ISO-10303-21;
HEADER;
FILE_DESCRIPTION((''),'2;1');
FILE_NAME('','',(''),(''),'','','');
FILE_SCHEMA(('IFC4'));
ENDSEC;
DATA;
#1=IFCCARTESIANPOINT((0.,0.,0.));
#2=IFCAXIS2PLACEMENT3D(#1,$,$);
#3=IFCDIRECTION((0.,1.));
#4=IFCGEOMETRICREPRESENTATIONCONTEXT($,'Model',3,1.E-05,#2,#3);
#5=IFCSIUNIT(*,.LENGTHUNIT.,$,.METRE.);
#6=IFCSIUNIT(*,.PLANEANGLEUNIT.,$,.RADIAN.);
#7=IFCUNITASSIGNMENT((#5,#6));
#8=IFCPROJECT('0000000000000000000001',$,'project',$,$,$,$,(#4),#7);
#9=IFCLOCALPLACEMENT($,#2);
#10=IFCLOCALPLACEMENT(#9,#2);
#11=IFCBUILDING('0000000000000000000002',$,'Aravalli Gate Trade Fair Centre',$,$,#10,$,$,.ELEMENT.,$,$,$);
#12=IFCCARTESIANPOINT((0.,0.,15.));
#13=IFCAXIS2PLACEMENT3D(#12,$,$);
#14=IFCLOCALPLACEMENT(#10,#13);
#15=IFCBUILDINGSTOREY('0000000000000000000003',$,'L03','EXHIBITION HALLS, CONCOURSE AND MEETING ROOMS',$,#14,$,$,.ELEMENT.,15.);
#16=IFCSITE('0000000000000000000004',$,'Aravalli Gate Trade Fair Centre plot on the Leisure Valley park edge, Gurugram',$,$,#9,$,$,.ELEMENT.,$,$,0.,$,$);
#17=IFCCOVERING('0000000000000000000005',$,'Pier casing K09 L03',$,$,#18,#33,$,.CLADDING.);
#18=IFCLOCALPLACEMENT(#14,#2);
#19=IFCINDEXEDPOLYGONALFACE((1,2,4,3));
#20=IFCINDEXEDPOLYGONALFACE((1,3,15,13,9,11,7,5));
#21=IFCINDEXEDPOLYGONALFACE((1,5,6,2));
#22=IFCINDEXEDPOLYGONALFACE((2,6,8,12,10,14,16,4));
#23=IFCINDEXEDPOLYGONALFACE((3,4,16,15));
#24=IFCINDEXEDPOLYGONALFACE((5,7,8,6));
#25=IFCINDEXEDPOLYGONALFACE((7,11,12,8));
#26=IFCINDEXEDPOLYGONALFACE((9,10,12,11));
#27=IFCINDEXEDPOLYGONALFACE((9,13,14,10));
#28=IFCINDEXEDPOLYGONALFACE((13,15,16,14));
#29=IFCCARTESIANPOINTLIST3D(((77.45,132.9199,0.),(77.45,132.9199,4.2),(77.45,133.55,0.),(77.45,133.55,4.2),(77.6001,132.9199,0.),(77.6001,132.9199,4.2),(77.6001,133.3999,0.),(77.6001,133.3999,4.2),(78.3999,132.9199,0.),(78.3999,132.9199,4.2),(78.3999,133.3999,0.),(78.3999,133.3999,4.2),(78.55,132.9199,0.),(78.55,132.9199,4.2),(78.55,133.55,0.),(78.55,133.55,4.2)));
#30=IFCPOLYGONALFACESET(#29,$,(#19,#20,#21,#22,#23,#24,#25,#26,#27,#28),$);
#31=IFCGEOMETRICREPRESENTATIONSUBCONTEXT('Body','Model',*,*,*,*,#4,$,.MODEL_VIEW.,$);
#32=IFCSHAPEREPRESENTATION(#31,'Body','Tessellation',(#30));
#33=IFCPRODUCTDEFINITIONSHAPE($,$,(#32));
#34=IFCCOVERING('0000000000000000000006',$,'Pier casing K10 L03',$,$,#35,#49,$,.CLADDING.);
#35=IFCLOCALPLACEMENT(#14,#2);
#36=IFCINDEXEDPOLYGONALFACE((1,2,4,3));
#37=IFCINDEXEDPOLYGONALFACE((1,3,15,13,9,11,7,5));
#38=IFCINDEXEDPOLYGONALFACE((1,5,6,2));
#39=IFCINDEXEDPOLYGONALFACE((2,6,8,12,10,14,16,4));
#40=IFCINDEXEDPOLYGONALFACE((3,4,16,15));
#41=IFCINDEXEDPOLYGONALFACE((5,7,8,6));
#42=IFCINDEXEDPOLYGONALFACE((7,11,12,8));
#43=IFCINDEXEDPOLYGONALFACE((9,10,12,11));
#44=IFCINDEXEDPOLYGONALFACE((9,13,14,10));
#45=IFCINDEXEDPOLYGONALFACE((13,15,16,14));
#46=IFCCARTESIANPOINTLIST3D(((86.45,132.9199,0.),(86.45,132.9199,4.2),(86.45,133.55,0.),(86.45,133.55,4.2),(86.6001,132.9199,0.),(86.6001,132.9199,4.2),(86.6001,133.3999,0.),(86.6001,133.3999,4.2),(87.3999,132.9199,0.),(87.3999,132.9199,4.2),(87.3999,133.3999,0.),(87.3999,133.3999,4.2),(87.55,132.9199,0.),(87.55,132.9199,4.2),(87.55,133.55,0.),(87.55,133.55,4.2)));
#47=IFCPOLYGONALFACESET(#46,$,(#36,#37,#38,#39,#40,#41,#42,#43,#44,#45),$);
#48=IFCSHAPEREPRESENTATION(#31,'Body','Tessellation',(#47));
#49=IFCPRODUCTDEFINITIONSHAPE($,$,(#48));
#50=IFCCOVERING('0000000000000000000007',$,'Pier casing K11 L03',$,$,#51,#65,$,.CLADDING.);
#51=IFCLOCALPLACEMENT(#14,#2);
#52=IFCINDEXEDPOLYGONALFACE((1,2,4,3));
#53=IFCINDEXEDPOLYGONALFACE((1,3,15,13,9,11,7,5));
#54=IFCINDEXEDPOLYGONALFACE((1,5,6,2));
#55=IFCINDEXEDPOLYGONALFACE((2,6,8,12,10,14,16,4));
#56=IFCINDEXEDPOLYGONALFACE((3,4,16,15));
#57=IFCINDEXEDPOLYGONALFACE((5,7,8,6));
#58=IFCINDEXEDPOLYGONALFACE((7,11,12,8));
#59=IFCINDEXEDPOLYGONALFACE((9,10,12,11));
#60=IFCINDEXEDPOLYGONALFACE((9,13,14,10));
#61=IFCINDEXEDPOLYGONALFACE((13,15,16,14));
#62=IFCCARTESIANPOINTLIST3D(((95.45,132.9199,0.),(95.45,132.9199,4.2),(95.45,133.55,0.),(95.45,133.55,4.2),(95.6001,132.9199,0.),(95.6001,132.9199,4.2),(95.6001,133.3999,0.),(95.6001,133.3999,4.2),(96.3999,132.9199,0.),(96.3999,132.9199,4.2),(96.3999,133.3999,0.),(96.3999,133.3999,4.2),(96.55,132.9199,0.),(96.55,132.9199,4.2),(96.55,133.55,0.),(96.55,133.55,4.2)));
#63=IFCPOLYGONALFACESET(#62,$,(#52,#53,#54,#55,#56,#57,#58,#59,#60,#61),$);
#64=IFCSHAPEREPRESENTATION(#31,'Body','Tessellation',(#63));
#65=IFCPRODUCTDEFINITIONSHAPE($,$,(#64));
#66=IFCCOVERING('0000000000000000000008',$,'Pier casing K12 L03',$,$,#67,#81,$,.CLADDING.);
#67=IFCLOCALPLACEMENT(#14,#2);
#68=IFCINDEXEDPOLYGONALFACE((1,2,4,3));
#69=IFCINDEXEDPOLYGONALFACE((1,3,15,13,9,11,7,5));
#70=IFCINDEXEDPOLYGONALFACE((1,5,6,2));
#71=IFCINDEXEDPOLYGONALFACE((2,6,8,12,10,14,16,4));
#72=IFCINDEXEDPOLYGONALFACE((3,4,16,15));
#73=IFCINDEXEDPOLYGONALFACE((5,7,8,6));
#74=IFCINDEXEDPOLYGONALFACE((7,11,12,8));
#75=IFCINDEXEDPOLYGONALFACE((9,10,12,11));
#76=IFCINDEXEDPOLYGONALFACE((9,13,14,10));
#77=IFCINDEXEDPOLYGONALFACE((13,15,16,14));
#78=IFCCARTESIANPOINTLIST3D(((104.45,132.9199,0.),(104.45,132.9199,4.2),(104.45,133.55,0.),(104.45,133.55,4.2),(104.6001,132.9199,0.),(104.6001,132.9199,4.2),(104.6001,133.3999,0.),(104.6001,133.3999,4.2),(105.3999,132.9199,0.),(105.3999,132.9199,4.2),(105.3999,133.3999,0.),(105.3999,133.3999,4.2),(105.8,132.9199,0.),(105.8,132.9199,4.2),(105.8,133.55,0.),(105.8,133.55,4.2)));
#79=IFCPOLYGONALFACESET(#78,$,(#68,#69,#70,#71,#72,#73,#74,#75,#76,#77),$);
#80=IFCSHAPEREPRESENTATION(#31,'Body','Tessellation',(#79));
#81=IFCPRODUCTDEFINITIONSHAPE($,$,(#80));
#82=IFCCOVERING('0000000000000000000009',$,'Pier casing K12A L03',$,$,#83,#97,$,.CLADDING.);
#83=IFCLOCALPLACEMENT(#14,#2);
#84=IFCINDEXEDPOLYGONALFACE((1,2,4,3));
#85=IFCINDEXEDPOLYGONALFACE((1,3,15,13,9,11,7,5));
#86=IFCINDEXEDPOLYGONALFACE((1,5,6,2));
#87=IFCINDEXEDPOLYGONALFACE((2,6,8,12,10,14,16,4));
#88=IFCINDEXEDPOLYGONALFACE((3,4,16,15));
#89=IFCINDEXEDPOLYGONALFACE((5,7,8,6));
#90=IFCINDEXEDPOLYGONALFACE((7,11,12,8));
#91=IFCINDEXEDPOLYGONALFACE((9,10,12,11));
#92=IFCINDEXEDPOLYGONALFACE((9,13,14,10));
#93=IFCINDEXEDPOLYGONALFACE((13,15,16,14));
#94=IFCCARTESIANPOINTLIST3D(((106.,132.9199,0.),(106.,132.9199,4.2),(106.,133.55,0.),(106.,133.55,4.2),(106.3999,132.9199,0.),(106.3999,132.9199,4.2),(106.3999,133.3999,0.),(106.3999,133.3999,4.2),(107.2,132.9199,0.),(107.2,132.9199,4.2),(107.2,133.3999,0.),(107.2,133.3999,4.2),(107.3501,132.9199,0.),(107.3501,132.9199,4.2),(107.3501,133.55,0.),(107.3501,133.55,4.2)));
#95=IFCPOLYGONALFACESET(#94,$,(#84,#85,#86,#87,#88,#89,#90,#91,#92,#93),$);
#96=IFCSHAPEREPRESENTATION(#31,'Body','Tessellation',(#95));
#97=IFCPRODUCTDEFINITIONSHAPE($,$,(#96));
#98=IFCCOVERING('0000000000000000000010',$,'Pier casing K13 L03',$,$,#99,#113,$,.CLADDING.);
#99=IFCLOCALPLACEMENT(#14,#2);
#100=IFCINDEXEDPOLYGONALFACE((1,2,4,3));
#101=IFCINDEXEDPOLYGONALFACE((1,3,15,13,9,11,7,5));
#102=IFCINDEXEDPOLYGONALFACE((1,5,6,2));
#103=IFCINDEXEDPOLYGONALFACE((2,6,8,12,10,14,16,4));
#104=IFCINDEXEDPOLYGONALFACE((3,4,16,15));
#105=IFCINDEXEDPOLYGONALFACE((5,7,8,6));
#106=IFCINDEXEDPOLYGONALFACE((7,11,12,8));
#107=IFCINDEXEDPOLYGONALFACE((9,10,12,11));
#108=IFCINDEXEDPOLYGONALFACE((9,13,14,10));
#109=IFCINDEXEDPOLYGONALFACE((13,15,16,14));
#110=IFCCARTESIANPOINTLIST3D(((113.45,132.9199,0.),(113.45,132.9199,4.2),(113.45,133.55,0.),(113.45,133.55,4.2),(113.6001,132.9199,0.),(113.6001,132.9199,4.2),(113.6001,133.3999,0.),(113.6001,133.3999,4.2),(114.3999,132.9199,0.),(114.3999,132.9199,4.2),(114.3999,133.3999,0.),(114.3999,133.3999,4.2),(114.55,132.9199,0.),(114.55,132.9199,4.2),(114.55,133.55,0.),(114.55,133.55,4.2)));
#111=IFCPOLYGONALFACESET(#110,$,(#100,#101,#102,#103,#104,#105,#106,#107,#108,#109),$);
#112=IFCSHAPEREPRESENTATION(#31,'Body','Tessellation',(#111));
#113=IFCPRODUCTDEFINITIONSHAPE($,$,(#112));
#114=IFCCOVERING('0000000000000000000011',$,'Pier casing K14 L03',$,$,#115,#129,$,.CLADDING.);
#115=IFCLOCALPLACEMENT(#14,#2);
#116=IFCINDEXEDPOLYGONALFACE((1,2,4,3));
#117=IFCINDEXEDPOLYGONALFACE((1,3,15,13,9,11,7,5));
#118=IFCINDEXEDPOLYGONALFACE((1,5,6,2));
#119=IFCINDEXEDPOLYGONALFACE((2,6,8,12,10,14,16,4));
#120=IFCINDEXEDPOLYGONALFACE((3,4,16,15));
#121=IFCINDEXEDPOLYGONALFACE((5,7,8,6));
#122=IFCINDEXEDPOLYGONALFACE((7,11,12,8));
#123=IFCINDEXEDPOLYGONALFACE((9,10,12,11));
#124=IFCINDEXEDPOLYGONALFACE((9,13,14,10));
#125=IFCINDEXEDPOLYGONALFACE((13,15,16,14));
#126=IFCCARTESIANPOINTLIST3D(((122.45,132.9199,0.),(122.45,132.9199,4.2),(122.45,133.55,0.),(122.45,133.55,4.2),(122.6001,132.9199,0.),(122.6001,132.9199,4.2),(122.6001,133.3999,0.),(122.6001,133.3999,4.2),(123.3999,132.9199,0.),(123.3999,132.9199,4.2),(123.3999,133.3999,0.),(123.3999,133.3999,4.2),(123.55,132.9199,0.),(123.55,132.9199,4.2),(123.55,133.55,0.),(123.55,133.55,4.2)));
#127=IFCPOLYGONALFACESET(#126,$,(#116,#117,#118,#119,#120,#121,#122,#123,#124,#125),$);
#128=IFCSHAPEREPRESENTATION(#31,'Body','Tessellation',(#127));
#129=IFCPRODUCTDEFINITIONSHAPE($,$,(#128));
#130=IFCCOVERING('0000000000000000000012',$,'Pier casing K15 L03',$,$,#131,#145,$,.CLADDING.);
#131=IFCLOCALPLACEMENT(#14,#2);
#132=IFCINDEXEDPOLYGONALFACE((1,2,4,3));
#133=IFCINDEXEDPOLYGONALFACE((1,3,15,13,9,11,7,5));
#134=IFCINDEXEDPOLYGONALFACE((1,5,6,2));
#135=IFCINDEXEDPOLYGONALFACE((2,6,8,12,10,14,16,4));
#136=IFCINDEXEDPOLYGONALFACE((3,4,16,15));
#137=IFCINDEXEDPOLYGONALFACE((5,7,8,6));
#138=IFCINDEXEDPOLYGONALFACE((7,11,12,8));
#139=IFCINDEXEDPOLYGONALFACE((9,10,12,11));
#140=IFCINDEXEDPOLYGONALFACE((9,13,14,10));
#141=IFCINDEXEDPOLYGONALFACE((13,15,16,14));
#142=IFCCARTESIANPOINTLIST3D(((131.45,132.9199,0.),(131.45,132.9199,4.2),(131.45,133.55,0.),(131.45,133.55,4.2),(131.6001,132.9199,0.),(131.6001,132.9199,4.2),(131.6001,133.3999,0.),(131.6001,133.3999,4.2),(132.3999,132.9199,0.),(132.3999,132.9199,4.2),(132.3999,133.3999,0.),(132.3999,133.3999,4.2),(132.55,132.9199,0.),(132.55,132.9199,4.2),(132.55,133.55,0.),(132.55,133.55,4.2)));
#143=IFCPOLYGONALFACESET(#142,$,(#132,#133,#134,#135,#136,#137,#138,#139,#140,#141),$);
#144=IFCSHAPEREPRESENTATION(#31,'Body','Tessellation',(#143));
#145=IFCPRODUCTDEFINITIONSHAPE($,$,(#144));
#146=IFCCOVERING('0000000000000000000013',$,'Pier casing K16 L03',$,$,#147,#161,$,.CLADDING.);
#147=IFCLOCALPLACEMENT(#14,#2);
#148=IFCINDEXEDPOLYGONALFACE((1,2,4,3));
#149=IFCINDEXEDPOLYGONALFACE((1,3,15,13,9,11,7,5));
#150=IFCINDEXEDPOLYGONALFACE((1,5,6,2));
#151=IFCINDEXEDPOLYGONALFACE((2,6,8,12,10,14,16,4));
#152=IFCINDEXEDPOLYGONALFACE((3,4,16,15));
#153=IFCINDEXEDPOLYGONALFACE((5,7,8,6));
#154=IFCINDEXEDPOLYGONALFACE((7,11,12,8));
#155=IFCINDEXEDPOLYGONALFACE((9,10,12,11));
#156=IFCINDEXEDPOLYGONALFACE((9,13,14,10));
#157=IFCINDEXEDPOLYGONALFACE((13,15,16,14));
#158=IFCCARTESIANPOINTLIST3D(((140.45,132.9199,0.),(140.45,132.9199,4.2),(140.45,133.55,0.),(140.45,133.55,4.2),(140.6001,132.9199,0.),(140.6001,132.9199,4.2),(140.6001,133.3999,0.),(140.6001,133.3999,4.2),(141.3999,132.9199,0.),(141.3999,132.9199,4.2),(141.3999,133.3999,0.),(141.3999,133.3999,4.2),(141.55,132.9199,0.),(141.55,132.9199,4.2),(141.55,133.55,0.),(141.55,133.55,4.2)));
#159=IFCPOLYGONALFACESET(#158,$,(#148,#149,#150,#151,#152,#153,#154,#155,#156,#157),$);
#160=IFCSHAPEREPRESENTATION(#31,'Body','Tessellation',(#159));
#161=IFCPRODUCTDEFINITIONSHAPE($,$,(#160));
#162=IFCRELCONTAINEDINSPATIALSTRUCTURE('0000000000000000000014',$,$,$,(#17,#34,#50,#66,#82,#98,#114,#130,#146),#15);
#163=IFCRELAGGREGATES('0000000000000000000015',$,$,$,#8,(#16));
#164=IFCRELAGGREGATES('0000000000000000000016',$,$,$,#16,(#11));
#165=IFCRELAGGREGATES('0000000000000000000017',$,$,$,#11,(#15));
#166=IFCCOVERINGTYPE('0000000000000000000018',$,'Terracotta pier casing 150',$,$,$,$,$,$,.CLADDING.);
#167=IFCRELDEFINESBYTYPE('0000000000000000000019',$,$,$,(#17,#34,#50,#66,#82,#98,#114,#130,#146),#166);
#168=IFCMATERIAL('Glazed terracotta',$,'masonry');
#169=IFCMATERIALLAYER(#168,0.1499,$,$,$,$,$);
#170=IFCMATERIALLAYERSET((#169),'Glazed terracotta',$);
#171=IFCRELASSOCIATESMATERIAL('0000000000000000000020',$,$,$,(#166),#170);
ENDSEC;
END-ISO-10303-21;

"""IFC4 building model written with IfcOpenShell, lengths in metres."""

from ifc_helpers import new_model, si_unit, direction, frame, origin, place, context, subcontext, project, spatial, polyline, outline, extrude, material, layer, layer_set, type_object, element, save


model = new_model("IFC4")

# Units and contexts
model_context = context("Model", 3, precision=1e-05, world=origin(), true_north=direction((0.0, 1.0)))
body_context = subcontext(model_context, "Body", "Model", "MODEL_VIEW")
ifc_project = project(units=[si_unit("LENGTHUNIT", "METRE"), si_unit("PLANEANGLEUNIT", "RADIAN")], contexts=[model_context])

# Site, building, storey
site_placement = place(None, origin())
site = spatial("IfcSite", under=ifc_project, at=site_placement, Name="Aravalli Gate Trade Fair Centre plot on the Leisure Valley park edge, Gurugram", CompositionType="ELEMENT", RefElevation=0.0)
building_placement = place(site_placement, origin())
building = spatial("IfcBuilding", under=site, at=building_placement, Name="Aravalli Gate Trade Fair Centre", CompositionType="ELEMENT")
storey_placement = place(building_placement, frame((0.0, 0.0, 15.0)))
storey = spatial("IfcBuildingStorey", under=building, at=storey_placement, Name="L03", Description="EXHIBITION HALLS, CONCOURSE AND MEETING ROOMS", CompositionType="ELEMENT", Elevation=15.0)

# Coverings
ifc_material_1 = material(Name="Glazed terracotta", Category="masonry")
ifc_layer_1 = layer(ifc_material_1, 0.1499)
ifc_layer_set_1 = layer_set([ifc_layer_1], Name="Glazed terracotta")
covering_type_1 = type_object("IfcCoveringType", Name="Terracotta pier casing 150", PredefinedType="CLADDING", material=ifc_layer_set_1)
covering_1_placement = place(storey_placement, origin())
element("IfcCovering", 1, at=covering_1_placement, inside=storey, type_object=covering_type_1, Name="Pier casing K09 L03", PredefinedType="CLADDING", context=body_context, shape_type="SweptSolid", body=[
    extrude(outline(polyline([(77.45, 132.9199), (77.6001, 132.9199), (77.6001, 133.3999), (78.3999, 133.3999), (78.3999, 132.9199), (78.55, 132.9199), (78.55, 133.55), (77.45, 133.55), (77.45, 132.9199)])), origin(), (0.0, 0.0, 1.0), 4.2),
])
covering_2_placement = place(storey_placement, origin())
element("IfcCovering", 2, at=covering_2_placement, inside=storey, type_object=covering_type_1, Name="Pier casing K10 L03", PredefinedType="CLADDING", context=body_context, shape_type="SweptSolid", body=[
    extrude(outline(polyline([(86.45, 132.9199), (86.6001, 132.9199), (86.6001, 133.3999), (87.3999, 133.3999), (87.3999, 132.9199), (87.55, 132.9199), (87.55, 133.55), (86.45, 133.55), (86.45, 132.9199)])), origin(), (0.0, 0.0, 1.0), 4.2),
])
covering_3_placement = place(storey_placement, origin())
element("IfcCovering", 3, at=covering_3_placement, inside=storey, type_object=covering_type_1, Name="Pier casing K11 L03", PredefinedType="CLADDING", context=body_context, shape_type="SweptSolid", body=[
    extrude(outline(polyline([(95.45, 132.9199), (95.6001, 132.9199), (95.6001, 133.3999), (96.3999, 133.3999), (96.3999, 132.9199), (96.55, 132.9199), (96.55, 133.55), (95.45, 133.55), (95.45, 132.9199)])), origin(), (0.0, 0.0, 1.0), 4.2),
])
covering_4_placement = place(storey_placement, origin())
element("IfcCovering", 4, at=covering_4_placement, inside=storey, type_object=covering_type_1, Name="Pier casing K12 L03", PredefinedType="CLADDING", context=body_context, shape_type="SweptSolid", body=[
    extrude(outline(polyline([(104.45, 132.9199), (104.6001, 132.9199), (104.6001, 133.3999), (105.3999, 133.3999), (105.3999, 132.9199), (105.8, 132.9199), (105.8, 133.55), (104.45, 133.55), (104.45, 132.9199)])), origin(), (0.0, 0.0, 1.0), 4.2),
])
covering_5_placement = place(storey_placement, origin())
element("IfcCovering", 5, at=covering_5_placement, inside=storey, type_object=covering_type_1, Name="Pier casing K12A L03", PredefinedType="CLADDING", context=body_context, shape_type="SweptSolid", body=[
    extrude(outline(polyline([(106.0, 132.9199), (106.3999, 132.9199), (106.3999, 133.3999), (107.2, 133.3999), (107.2, 132.9199), (107.3501, 132.9199), (107.3501, 133.55), (106.0, 133.55), (106.0, 132.9199)])), origin(), (0.0, 0.0, 1.0), 4.2),
])
covering_6_placement = place(storey_placement, origin())
element("IfcCovering", 6, at=covering_6_placement, inside=storey, type_object=covering_type_1, Name="Pier casing K13 L03", PredefinedType="CLADDING", context=body_context, shape_type="SweptSolid", body=[
    extrude(outline(polyline([(113.45, 132.9199), (113.6001, 132.9199), (113.6001, 133.3999), (114.3999, 133.3999), (114.3999, 132.9199), (114.55, 132.9199), (114.55, 133.55), (113.45, 133.55), (113.45, 132.9199)])), origin(), (0.0, 0.0, 1.0), 4.2),
])
covering_7_placement = place(storey_placement, origin())
element("IfcCovering", 7, at=covering_7_placement, inside=storey, type_object=covering_type_1, Name="Pier casing K14 L03", PredefinedType="CLADDING", context=body_context, shape_type="SweptSolid", body=[
    extrude(outline(polyline([(122.45, 132.9199), (122.6001, 132.9199), (122.6001, 133.3999), (123.3999, 133.3999), (123.3999, 132.9199), (123.55, 132.9199), (123.55, 133.55), (122.45, 133.55), (122.45, 132.9199)])), origin(), (0.0, 0.0, 1.0), 4.2),
])
covering_8_placement = place(storey_placement, origin())
element("IfcCovering", 8, at=covering_8_placement, inside=storey, type_object=covering_type_1, Name="Pier casing K15 L03", PredefinedType="CLADDING", context=body_context, shape_type="SweptSolid", body=[
    extrude(outline(polyline([(131.45, 132.9199), (131.6001, 132.9199), (131.6001, 133.3999), (132.3999, 133.3999), (132.3999, 132.9199), (132.55, 132.9199), (132.55, 133.55), (131.45, 133.55), (131.45, 132.9199)])), origin(), (0.0, 0.0, 1.0), 4.2),
])
covering_9_placement = place(storey_placement, origin())
element("IfcCovering", 9, at=covering_9_placement, inside=storey, type_object=covering_type_1, Name="Pier casing K16 L03", PredefinedType="CLADDING", context=body_context, shape_type="SweptSolid", body=[
    extrude(outline(polyline([(140.45, 132.9199), (140.6001, 132.9199), (140.6001, 133.3999), (141.3999, 133.3999), (141.3999, 132.9199), (141.55, 132.9199), (141.55, 133.55), (140.45, 133.55), (140.45, 132.9199)])), origin(), (0.0, 0.0, 1.0), 4.2),
])

save(model, "model.ifc")
